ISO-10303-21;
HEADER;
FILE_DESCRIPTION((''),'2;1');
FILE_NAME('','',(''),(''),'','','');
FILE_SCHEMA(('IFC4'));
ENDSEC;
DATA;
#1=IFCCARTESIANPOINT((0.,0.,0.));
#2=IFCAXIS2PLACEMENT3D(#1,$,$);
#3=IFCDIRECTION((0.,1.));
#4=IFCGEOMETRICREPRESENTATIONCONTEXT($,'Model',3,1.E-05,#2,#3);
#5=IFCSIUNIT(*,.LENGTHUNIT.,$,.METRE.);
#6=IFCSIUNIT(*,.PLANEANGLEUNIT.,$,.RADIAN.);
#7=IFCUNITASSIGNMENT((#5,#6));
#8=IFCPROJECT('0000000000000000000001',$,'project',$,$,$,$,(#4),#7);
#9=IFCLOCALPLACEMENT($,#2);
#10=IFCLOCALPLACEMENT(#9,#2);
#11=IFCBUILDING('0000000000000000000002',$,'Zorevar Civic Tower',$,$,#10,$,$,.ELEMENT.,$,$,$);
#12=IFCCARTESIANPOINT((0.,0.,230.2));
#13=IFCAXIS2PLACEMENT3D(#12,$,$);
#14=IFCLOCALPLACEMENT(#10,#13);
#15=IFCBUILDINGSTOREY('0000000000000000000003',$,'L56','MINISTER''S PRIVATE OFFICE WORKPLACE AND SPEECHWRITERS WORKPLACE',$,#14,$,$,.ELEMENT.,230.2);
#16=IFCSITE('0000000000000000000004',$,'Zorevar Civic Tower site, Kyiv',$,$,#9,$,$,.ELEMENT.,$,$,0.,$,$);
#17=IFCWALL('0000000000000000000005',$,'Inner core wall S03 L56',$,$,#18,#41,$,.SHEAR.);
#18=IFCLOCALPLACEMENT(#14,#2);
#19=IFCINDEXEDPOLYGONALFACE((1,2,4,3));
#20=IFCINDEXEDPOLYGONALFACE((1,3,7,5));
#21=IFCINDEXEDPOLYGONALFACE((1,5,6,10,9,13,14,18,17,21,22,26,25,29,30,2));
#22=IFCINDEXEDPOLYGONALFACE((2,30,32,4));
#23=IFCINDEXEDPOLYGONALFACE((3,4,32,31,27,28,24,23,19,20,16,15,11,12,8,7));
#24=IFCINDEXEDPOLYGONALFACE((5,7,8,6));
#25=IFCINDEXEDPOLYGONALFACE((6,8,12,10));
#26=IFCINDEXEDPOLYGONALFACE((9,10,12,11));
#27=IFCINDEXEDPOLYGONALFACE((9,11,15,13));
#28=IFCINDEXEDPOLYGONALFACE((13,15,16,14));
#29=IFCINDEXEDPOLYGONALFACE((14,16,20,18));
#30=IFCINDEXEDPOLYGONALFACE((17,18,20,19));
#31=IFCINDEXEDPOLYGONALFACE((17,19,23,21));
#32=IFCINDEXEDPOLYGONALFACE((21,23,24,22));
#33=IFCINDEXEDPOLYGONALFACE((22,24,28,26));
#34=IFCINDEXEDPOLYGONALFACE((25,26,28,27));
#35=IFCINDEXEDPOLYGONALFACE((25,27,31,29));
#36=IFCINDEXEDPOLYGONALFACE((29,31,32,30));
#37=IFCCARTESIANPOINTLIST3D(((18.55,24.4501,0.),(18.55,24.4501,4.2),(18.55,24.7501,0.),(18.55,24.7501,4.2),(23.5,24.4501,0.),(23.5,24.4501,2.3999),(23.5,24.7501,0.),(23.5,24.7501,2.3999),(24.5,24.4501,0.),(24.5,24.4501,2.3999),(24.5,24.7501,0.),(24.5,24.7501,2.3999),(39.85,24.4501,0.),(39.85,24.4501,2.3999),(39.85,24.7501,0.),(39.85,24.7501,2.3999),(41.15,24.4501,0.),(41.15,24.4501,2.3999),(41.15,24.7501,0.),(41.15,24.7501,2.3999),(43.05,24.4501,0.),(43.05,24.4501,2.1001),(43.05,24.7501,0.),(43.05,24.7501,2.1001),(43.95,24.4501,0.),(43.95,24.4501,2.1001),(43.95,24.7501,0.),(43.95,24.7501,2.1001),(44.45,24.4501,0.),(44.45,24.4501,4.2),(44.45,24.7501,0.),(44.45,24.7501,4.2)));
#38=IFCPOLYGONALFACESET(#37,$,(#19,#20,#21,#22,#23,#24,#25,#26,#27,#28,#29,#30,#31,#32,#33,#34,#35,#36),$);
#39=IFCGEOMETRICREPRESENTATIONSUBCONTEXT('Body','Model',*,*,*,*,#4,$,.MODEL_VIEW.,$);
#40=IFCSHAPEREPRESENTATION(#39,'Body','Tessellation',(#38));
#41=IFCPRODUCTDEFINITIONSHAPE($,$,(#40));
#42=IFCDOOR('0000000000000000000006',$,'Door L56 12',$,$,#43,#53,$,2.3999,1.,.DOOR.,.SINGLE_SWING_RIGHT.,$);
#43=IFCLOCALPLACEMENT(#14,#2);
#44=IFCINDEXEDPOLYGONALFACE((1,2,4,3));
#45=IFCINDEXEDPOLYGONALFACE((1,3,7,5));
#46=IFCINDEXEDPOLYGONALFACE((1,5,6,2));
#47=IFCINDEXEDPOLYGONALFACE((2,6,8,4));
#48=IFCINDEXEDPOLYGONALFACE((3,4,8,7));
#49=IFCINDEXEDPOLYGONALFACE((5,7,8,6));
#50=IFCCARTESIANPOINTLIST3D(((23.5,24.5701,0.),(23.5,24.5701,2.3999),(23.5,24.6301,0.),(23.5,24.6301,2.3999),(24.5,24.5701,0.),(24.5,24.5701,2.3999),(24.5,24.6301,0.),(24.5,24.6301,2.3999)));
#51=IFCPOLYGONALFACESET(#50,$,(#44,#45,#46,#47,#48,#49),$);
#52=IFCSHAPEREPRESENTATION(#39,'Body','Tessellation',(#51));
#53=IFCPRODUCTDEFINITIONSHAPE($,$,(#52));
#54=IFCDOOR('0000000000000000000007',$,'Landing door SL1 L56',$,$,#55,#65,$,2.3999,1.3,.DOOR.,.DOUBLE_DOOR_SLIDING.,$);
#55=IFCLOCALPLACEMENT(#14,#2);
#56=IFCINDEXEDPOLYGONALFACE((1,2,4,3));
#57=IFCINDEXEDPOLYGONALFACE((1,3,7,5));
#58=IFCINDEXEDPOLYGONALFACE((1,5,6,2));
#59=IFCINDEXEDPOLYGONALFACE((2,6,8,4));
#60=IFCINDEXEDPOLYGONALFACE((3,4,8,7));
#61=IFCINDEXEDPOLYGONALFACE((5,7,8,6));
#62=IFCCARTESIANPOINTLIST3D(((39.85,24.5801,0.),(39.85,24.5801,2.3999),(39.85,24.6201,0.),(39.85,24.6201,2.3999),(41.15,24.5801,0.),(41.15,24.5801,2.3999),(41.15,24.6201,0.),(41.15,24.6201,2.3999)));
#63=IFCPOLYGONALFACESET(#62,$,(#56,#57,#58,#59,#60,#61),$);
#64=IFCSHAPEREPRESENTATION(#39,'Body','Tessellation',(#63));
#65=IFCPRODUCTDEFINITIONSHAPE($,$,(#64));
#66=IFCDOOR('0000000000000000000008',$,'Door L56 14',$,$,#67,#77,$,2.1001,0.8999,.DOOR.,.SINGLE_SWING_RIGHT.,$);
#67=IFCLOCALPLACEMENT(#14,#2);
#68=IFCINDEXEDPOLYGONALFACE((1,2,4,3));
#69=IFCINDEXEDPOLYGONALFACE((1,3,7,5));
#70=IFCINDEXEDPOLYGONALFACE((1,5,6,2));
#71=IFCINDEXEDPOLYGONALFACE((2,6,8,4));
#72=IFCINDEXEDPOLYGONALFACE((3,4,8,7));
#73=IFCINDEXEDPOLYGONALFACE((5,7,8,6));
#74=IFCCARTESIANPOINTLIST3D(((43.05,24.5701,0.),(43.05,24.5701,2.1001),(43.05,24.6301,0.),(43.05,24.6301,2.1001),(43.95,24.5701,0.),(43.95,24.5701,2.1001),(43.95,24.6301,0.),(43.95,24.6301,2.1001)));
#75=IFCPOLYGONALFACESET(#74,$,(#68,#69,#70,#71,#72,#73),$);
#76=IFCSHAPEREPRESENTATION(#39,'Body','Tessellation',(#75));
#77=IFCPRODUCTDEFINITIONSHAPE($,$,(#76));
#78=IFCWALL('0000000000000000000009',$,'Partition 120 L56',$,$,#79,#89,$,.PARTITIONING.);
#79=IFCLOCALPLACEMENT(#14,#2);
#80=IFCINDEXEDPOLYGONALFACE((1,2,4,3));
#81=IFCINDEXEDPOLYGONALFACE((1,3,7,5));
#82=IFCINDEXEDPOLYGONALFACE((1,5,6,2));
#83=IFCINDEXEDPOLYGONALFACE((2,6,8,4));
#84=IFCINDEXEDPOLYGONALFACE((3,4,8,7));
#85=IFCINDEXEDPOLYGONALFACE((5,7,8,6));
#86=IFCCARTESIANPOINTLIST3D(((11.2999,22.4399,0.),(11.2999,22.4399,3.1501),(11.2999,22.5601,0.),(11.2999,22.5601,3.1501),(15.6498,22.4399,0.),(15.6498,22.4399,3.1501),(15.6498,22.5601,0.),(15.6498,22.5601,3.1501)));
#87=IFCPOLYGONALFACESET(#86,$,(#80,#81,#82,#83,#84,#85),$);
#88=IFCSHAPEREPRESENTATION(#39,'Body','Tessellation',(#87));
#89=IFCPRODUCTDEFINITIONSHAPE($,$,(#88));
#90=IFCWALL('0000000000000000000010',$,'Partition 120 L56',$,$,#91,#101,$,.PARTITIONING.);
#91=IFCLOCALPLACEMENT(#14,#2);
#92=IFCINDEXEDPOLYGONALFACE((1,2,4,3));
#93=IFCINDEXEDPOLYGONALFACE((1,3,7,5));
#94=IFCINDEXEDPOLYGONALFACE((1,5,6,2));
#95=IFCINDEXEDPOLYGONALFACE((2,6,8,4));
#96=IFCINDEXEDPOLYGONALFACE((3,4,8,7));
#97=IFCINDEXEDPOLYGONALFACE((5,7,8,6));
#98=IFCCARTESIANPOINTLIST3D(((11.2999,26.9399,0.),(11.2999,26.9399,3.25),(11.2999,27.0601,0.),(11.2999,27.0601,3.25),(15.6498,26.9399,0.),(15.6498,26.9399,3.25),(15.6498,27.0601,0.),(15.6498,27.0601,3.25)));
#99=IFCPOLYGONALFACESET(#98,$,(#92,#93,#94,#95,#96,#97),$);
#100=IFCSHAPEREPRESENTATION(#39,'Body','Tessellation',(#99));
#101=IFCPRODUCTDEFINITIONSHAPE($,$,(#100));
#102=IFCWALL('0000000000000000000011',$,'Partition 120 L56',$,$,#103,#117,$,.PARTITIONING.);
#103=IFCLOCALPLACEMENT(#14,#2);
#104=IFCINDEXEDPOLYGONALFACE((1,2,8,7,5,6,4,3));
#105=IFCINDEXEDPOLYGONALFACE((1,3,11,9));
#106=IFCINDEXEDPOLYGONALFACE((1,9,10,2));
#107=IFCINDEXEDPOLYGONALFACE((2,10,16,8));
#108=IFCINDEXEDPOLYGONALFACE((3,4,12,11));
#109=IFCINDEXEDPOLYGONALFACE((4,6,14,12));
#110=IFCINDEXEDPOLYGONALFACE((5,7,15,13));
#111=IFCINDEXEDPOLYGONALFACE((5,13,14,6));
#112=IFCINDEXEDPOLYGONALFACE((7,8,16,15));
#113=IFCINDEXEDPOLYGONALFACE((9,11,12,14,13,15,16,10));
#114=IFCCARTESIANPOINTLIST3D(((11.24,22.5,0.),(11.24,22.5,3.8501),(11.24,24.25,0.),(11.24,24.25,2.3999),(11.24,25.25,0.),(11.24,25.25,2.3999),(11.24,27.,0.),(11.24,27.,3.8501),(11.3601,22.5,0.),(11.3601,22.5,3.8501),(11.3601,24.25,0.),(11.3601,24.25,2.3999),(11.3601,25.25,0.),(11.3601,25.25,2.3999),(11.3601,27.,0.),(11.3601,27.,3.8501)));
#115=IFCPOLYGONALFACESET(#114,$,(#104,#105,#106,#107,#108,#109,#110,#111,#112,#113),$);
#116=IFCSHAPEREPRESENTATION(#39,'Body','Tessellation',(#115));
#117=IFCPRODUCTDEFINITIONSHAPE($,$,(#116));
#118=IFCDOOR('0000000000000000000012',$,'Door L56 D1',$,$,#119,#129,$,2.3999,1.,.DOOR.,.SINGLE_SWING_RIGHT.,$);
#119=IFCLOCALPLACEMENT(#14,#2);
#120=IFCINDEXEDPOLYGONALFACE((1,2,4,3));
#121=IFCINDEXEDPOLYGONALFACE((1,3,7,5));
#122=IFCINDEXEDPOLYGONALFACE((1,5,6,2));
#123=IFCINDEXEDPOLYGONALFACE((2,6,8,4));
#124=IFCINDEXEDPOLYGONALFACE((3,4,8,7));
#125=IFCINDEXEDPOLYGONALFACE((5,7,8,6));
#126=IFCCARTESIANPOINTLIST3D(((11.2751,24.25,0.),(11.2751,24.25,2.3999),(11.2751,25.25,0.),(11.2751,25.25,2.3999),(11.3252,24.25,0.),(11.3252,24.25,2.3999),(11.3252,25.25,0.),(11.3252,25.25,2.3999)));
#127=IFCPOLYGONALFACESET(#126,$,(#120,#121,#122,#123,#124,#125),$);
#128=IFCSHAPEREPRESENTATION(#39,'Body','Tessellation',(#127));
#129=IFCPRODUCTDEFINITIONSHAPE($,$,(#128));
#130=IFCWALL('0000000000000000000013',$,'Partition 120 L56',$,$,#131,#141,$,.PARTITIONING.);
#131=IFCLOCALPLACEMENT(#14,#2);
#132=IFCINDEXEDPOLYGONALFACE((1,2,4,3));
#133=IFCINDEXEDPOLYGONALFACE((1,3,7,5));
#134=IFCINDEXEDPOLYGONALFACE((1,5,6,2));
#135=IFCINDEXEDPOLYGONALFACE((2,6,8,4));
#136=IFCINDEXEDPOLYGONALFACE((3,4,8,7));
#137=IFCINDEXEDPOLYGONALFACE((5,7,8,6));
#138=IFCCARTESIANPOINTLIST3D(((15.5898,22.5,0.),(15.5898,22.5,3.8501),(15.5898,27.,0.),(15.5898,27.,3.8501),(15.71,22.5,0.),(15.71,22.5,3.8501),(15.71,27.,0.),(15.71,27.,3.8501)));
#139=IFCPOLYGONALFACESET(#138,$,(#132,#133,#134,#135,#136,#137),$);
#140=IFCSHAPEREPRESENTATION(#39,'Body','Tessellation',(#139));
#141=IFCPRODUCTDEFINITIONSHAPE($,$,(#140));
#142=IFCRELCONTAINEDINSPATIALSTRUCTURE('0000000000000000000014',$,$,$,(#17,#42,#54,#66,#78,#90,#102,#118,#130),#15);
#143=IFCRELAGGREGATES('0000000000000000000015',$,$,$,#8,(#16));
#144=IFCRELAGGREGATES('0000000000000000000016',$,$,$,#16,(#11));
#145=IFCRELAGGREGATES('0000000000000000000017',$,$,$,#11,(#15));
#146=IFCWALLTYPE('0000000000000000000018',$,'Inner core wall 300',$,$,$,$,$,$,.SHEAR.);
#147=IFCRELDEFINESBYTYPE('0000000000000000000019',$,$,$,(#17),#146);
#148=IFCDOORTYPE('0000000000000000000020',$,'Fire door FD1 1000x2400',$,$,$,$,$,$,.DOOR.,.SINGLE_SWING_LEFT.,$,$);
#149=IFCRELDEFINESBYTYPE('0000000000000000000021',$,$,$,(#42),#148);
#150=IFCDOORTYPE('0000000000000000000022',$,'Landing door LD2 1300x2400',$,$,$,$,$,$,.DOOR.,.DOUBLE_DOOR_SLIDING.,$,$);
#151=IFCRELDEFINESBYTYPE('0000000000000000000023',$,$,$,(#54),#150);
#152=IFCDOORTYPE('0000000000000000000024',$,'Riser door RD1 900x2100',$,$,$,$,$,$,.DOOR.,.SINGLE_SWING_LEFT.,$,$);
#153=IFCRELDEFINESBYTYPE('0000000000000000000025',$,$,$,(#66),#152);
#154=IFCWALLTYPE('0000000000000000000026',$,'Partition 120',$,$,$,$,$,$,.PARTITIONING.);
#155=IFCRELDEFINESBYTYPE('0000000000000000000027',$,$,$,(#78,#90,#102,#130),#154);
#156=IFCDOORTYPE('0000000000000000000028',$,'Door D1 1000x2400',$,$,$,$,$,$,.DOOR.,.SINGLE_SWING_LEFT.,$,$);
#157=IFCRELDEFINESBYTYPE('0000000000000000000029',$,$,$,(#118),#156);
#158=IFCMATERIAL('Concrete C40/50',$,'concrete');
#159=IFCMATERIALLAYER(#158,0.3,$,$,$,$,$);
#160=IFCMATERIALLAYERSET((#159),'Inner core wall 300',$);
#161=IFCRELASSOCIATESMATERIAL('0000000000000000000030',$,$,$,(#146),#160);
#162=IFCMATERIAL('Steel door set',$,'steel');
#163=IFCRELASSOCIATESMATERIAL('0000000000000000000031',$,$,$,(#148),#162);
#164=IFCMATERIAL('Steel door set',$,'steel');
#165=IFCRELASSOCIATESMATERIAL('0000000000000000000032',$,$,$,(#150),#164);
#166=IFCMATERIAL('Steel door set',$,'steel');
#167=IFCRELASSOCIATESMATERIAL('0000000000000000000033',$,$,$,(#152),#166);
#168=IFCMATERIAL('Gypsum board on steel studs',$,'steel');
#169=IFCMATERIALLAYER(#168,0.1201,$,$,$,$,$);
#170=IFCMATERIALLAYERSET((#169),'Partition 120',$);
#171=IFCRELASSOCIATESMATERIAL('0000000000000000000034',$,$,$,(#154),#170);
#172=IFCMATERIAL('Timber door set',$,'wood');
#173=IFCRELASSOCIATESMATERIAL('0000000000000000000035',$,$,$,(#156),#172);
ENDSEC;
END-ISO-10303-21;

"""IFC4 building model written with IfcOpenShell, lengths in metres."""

from ifc_helpers import new_model, si_unit, direction, frame, frame_2d, origin, place, context, subcontext, project, spatial, rectangle, extrude, material, layer, layer_set, type_object, element, fill, save


model = new_model("IFC4")

# Units and contexts
model_context = context("Model", 3, precision=1e-05, world=origin(), true_north=direction((0.0, 1.0)))
body_context = subcontext(model_context, "Body", "Model", "MODEL_VIEW")
ifc_project = project(units=[si_unit("LENGTHUNIT", "METRE"), si_unit("PLANEANGLEUNIT", "RADIAN")], contexts=[model_context])

# Site, building, storey
site_placement = place(None, origin())
site = spatial("IfcSite", under=ifc_project, at=site_placement, Name="Zorevar Civic Tower site, Kyiv", CompositionType="ELEMENT", RefElevation=0.0)
building_placement = place(site_placement, origin())
building = spatial("IfcBuilding", under=site, at=building_placement, Name="Zorevar Civic Tower", CompositionType="ELEMENT")
storey_placement = place(building_placement, frame((0.0, 0.0, 230.2)))
storey = spatial("IfcBuildingStorey", under=building, at=storey_placement, Name="L56", Description="MINISTER'S PRIVATE OFFICE WORKPLACE AND SPEECHWRITERS WORKPLACE", CompositionType="ELEMENT", Elevation=230.2)

# Shared definitions
ifc_material_1 = material(Name="Concrete C40/50", Category="concrete")
ifc_layer_1 = layer(ifc_material_1, 0.3)
ifc_layer_set_1 = layer_set([ifc_layer_1], Name="Inner core wall 300")
wall_type_1 = type_object("IfcWallType", Name="Inner core wall 300", PredefinedType="SHEAR", material=ifc_layer_set_1)
ifc_material_2 = material(Name="Steel door set", Category="steel")
door_type_1 = type_object("IfcDoorType", Name="Fire door FD1 1000x2400", OperationType="SINGLE_SWING_LEFT", PredefinedType="DOOR", material=ifc_material_2)

# Wall, openings, doors
wall_1_placement = place(storey_placement, frame((18.55, 24.6001, 0.0), z_axis=(0.0, 0.0, 1.0), x_axis=(1.0, 0.0, 0.0)))
wall_1 = element("IfcWall", 1, at=wall_1_placement, inside=storey, type_object=wall_type_1, Name="Inner core wall S03 L56", PredefinedType="SHEAR", context=body_context, shape_type="SweptSolid", body=[
    extrude(rectangle(XDim=25.8999, YDim=0.3, at=frame_2d((12.95, 0.0))), origin(), (0.0, 0.0, 1.0), 4.2),
])
opening_1_placement = place(wall_1_placement, frame((4.95, 0.0, 0.0)))
opening_1 = element("IfcOpeningElement", 2, at=opening_1_placement, cuts=wall_1, PredefinedType="OPENING", context=body_context, shape_type="SweptSolid", body=[
    extrude(rectangle(XDim=1.0, YDim=2.3999, at=frame_2d((0.5, 1.2))), frame((0.0, 0.1599, 0.0), z_axis=(0.0, -1.0, 0.0), x_axis=(1.0, 0.0, 0.0)), (0.0, 0.0, 1.0), 0.3201),
])
opening_2_placement = place(wall_1_placement, frame((24.5, 0.0, 0.0)))
opening_2 = element("IfcOpeningElement", 3, at=opening_2_placement, cuts=wall_1, PredefinedType="OPENING", context=body_context, shape_type="SweptSolid", body=[
    extrude(rectangle(XDim=0.8999, YDim=2.1001, at=frame_2d((0.45, 1.05))), frame((0.0, 0.1599, 0.0), z_axis=(0.0, -1.0, 0.0), x_axis=(1.0, 0.0, 0.0)), (0.0, 0.0, 1.0), 0.3201),
])
opening_3_placement = place(wall_1_placement, frame((21.3, 0.0, 0.0)))
opening_3 = element("IfcOpeningElement", 4, at=opening_3_placement, cuts=wall_1, PredefinedType="OPENING", context=body_context, shape_type="SweptSolid", body=[
    extrude(rectangle(XDim=1.3, YDim=2.3999, at=frame_2d((0.6499, 1.2))), frame((0.0, 0.1599, 0.0), z_axis=(0.0, -1.0, 0.0), x_axis=(1.0, 0.0, 0.0)), (0.0, 0.0, 1.0), 0.3201),
])
door_1_placement = place(opening_1_placement, origin())
door_1 = element("IfcDoor", 5, at=door_1_placement, inside=storey, type_object=door_type_1, Name="Door L56 12", OperationType="SINGLE_SWING_RIGHT", OverallHeight=2.3999, OverallWidth=1.0, PredefinedType="DOOR", context=body_context, shape_type="SweptSolid", body=[
    extrude(rectangle(XDim=1.0, YDim=2.3999, at=frame_2d((0.5, 1.2))), frame((0.0, 0.03, 0.0), z_axis=(0.0, -1.0, 0.0), x_axis=(1.0, 0.0, 0.0)), (0.0, 0.0, 1.0), 0.0601),
])
fill(opening_1, door_1)
ifc_material_3 = material(Name="Steel door set", Category="steel")
door_type_2 = type_object("IfcDoorType", Name="Landing door LD2 1300x2400", OperationType="DOUBLE_DOOR_SLIDING", PredefinedType="DOOR", material=ifc_material_3)
door_2_placement = place(opening_3_placement, origin())
door_2 = element("IfcDoor", 6, at=door_2_placement, inside=storey, type_object=door_type_2, Name="Landing door SL1 L56", OperationType="DOUBLE_DOOR_SLIDING", OverallHeight=2.3999, OverallWidth=1.3, PredefinedType="DOOR", context=body_context, shape_type="SweptSolid", body=[
    extrude(rectangle(XDim=1.3, YDim=2.3999, at=frame_2d((0.6499, 1.2))), frame((0.0, 0.02, 0.0), z_axis=(0.0, -1.0, 0.0), x_axis=(1.0, 0.0, 0.0)), (0.0, 0.0, 1.0), 0.04),
])
fill(opening_3, door_2)
ifc_material_4 = material(Name="Steel door set", Category="steel")
door_type_3 = type_object("IfcDoorType", Name="Riser door RD1 900x2100", OperationType="SINGLE_SWING_LEFT", PredefinedType="DOOR", material=ifc_material_4)
door_3_placement = place(opening_2_placement, origin())
door_3 = element("IfcDoor", 7, at=door_3_placement, inside=storey, type_object=door_type_3, Name="Door L56 14", OperationType="SINGLE_SWING_RIGHT", OverallHeight=2.1001, OverallWidth=0.8999, PredefinedType="DOOR", context=body_context, shape_type="SweptSolid", body=[
    extrude(rectangle(XDim=0.8999, YDim=2.1001, at=frame_2d((0.45, 1.05))), frame((0.0, 0.03, 0.0), z_axis=(0.0, -1.0, 0.0), x_axis=(1.0, 0.0, 0.0)), (0.0, 0.0, 1.0), 0.0601),
])
fill(opening_2, door_3)

# Walls
ifc_material_5 = material(Name="Gypsum board on steel studs", Category="steel")
ifc_layer_2 = layer(ifc_material_5, 0.1201)
ifc_layer_set_2 = layer_set([ifc_layer_2], Name="Partition 120")
wall_type_2 = type_object("IfcWallType", Name="Partition 120", PredefinedType="PARTITIONING", material=ifc_layer_set_2)
wall_2_placement = place(storey_placement, frame((11.3, 22.5, 0.0), z_axis=(0.0, 0.0, 1.0), x_axis=(1.0, 0.0, 0.0)))
element("IfcWall", 8, at=wall_2_placement, inside=storey, type_object=wall_type_2, Name="Partition 120 L56", PredefinedType="PARTITIONING", context=body_context, shape_type="SweptSolid", body=[
    extrude(rectangle(XDim=4.3499, YDim=0.1201, at=frame_2d((2.1748, 0.0))), origin(), (0.0, 0.0, 1.0), 3.1501),
])
wall_3_placement = place(storey_placement, frame((11.3, 27.0, 0.0), z_axis=(0.0, 0.0, 1.0), x_axis=(1.0, 0.0, 0.0)))
element("IfcWall", 9, at=wall_3_placement, inside=storey, type_object=wall_type_2, Name="Partition 120 L56", PredefinedType="PARTITIONING", context=body_context, shape_type="SweptSolid", body=[
    extrude(rectangle(XDim=4.3499, YDim=0.1201, at=frame_2d((2.1748, 0.0))), origin(), (0.0, 0.0, 1.0), 3.25),
])

# Wall, opening, door
wall_4_placement = place(storey_placement, frame((11.3, 22.5, 0.0), z_axis=(0.0, 0.0, 1.0), x_axis=(0.0, 1.0, 0.0)))
wall_4 = element("IfcWall", 10, at=wall_4_placement, inside=storey, type_object=wall_type_2, Name="Partition 120 L56", PredefinedType="PARTITIONING", context=body_context, shape_type="SweptSolid", body=[
    extrude(rectangle(XDim=4.5, YDim=0.1201, at=frame_2d((2.25, 0.0))), origin(), (0.0, 0.0, 1.0), 3.8501),
])
opening_4_placement = place(wall_4_placement, frame((1.75, 0.0, 0.0)))
opening_4 = element("IfcOpeningElement", 11, at=opening_4_placement, cuts=wall_4, PredefinedType="OPENING", context=body_context, shape_type="SweptSolid", body=[
    extrude(rectangle(XDim=1.0, YDim=2.3999, at=frame_2d((0.5, 1.2))), frame((0.0, 0.0701, 0.0), z_axis=(0.0, -1.0, 0.0), x_axis=(1.0, 0.0, 0.0)), (0.0, 0.0, 1.0), 0.1401),
])
ifc_material_6 = material(Name="Timber door set", Category="wood")
door_type_4 = type_object("IfcDoorType", Name="Door D1 1000x2400", OperationType="SINGLE_SWING_LEFT", PredefinedType="DOOR", material=ifc_material_6)
door_4_placement = place(opening_4_placement, origin())
door_4 = element("IfcDoor", 12, at=door_4_placement, inside=storey, type_object=door_type_4, Name="Door L56 D1", OperationType="SINGLE_SWING_RIGHT", OverallHeight=2.3999, OverallWidth=1.0, PredefinedType="DOOR", context=body_context, shape_type="SweptSolid", body=[
    extrude(rectangle(XDim=1.0, YDim=2.3999, at=frame_2d((0.5, 1.2))), frame((0.0, 0.0249, 0.0), z_axis=(0.0, -1.0, 0.0), x_axis=(1.0, 0.0, 0.0)), (0.0, 0.0, 1.0), 0.05),
])
fill(opening_4, door_4)

# Wall
wall_5_placement = place(storey_placement, frame((15.6499, 22.5, 0.0), z_axis=(0.0, 0.0, 1.0), x_axis=(0.0, 1.0, 0.0)))
element("IfcWall", 13, at=wall_5_placement, inside=storey, type_object=wall_type_2, Name="Partition 120 L56", PredefinedType="PARTITIONING", context=body_context, shape_type="SweptSolid", body=[
    extrude(rectangle(XDim=4.5, YDim=0.1201, at=frame_2d((2.25, 0.0))), origin(), (0.0, 0.0, 1.0), 3.8501),
])

save(model, "model.ifc")
